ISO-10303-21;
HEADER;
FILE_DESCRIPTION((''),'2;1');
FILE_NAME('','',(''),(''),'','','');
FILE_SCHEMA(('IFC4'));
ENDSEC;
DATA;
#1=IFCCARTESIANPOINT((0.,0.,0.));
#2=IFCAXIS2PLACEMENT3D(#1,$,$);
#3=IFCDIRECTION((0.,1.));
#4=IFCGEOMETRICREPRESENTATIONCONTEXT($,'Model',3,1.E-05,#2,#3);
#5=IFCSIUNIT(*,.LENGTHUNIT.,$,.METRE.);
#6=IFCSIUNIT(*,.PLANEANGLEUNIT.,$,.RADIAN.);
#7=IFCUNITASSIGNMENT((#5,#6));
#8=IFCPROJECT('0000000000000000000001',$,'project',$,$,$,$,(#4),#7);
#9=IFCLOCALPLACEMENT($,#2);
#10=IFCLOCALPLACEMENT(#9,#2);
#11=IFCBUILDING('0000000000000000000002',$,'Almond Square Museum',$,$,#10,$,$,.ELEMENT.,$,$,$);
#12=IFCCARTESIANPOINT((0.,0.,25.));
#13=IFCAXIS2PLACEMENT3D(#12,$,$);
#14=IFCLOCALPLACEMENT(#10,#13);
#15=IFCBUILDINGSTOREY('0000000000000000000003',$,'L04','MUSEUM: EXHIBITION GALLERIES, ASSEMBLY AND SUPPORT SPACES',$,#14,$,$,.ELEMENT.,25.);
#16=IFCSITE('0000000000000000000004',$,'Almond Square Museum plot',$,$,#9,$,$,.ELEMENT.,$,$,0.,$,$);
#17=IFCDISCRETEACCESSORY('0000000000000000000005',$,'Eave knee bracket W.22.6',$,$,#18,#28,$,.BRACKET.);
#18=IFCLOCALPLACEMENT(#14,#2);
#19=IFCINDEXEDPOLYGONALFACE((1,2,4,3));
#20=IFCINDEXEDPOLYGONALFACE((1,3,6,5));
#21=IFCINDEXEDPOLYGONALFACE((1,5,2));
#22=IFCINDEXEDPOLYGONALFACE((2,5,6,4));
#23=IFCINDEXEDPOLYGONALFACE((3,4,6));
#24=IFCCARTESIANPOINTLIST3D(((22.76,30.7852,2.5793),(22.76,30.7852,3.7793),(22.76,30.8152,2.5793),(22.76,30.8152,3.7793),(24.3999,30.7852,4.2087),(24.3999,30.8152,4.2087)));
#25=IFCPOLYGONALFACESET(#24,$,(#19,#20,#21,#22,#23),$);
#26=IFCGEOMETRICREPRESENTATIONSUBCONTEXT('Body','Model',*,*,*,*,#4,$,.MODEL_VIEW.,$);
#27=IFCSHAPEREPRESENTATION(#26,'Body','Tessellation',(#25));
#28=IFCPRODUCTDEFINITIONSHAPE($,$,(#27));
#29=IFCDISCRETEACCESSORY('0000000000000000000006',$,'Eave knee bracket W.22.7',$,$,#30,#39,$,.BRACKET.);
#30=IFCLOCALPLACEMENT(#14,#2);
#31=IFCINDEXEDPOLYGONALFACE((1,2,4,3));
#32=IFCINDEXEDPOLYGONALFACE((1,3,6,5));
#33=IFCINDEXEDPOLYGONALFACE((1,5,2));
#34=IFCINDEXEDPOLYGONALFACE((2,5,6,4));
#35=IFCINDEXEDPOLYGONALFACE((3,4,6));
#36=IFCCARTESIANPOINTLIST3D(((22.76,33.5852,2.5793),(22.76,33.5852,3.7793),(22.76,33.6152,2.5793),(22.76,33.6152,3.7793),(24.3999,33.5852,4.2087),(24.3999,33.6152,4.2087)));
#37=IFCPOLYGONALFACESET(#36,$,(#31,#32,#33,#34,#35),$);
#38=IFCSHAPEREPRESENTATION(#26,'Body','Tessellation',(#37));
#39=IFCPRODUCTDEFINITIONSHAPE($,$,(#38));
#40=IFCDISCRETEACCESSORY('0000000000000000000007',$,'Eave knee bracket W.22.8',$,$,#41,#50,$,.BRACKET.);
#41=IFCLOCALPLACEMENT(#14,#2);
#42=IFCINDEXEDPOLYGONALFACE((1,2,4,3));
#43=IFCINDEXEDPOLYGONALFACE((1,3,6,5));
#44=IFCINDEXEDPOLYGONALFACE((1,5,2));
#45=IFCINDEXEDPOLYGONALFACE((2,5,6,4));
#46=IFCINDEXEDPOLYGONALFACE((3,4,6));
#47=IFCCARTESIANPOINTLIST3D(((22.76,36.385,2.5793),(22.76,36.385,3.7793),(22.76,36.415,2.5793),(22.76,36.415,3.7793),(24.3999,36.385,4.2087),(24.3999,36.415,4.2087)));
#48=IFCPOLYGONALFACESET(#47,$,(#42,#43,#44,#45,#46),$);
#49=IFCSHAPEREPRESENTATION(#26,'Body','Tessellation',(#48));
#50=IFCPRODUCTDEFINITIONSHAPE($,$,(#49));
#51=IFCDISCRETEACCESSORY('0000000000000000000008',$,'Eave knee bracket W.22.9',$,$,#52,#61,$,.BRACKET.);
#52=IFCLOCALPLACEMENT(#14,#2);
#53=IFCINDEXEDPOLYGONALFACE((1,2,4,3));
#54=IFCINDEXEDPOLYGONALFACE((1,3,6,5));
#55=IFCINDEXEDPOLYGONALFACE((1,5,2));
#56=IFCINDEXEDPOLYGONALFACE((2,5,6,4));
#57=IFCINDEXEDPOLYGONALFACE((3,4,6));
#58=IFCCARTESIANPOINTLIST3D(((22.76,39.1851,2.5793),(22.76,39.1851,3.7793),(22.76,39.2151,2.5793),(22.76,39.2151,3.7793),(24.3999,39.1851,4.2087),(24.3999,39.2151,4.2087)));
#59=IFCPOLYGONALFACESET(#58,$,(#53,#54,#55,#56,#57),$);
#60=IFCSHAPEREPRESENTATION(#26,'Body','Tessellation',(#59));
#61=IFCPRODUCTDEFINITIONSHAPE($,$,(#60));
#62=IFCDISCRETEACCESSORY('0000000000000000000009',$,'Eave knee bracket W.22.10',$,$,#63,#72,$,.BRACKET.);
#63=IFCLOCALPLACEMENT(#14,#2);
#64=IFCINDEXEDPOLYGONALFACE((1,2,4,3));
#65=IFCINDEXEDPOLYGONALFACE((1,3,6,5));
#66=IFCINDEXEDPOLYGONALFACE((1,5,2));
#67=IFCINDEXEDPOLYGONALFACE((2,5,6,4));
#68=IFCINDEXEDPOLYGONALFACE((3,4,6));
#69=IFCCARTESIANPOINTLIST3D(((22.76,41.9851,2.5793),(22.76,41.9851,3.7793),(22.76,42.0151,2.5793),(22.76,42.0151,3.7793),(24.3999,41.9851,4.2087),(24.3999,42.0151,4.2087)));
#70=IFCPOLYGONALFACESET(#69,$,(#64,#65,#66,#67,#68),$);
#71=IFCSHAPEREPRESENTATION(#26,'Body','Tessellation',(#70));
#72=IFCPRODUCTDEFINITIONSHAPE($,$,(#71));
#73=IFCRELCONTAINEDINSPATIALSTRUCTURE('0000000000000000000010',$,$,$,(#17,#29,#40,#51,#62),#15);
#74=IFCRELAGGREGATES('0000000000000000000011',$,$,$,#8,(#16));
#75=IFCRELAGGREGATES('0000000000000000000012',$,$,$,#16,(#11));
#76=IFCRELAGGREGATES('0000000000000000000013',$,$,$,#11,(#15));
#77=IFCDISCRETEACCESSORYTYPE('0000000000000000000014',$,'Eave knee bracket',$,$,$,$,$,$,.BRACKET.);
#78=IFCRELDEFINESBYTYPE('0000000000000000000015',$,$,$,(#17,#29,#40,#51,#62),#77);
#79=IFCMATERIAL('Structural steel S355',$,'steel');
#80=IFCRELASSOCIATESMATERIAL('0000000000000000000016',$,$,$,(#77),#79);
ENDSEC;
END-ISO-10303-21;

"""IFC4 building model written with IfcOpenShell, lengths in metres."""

from ifc_helpers import new_model, si_unit, direction, frame, origin, place, context, subcontext, project, spatial, polyline, outline, extrude, material, type_object, element, save


model = new_model("IFC4")

# Units and contexts
model_context = context("Model", 3, precision=1e-05, world=origin(), true_north=direction((0.0, 1.0)))
body_context = subcontext(model_context, "Body", "Model", "MODEL_VIEW")
ifc_project = project(units=[si_unit("LENGTHUNIT", "METRE"), si_unit("PLANEANGLEUNIT", "RADIAN")], contexts=[model_context])

# Site, building, storey
site_placement = place(None, origin())
site = spatial("IfcSite", under=ifc_project, at=site_placement, Name="Almond Square Museum plot", CompositionType="ELEMENT", RefElevation=0.0)
building_placement = place(site_placement, origin())
building = spatial("IfcBuilding", under=site, at=building_placement, Name="Almond Square Museum", CompositionType="ELEMENT")
storey_placement = place(building_placement, frame((0.0, 0.0, 25.0)))
storey = spatial("IfcBuildingStorey", under=building, at=storey_placement, Name="L04", Description="MUSEUM: EXHIBITION GALLERIES, ASSEMBLY AND SUPPORT SPACES", CompositionType="ELEMENT", Elevation=25.0)

# Discrete accessories
ifc_material_1 = material(Name="Structural steel S355", Category="steel")
discrete_accessory_type = type_object("IfcDiscreteAccessoryType", Name="Eave knee bracket", PredefinedType="BRACKET", material=ifc_material_1)
for number, where, z_axis, x_axis, name in (
    (1, (22.76, 30.8, 3.7793), (0.0, -1.0, 0.0), (0.0, 0.0, -1.0), "Eave knee bracket W.22.6"),
    (2, (22.76, 33.6001, 3.7793), (0.0, -1.0, 0.0), (0.0, 0.0, -1.0), "Eave knee bracket W.22.7"),
    (3, (22.76, 36.3999, 3.7793), (0.0, -1.0, 0.0), (0.0, 0.0, -1.0), "Eave knee bracket W.22.8"),
    (4, (22.76, 39.2, 3.7793), (0.0, -1.0, 0.0), (0.0, 0.0, -1.0), "Eave knee bracket W.22.9"),
    (5, (22.76, 42.0, 3.7793), (0.0, -1.0, 0.0), (0.0, 0.0, -1.0), "Eave knee bracket W.22.10"),
):
    element("IfcDiscreteAccessory", number, at=place(storey_placement, frame(where, z_axis=z_axis, x_axis=x_axis)), inside=storey, type_object=discrete_accessory_type, Name=name, PredefinedType="BRACKET", context=body_context, shape_type="SweptSolid", body=[
        extrude(outline(polyline([(0.0, 0.0), (1.2, 0.0), (-0.4294, 1.6399), (0.0, 0.0)])), frame((0.0, 0.0, -0.0151)), (0.0, 0.0, 1.0), 0.03),
    ])

save(model, "model.ifc")
